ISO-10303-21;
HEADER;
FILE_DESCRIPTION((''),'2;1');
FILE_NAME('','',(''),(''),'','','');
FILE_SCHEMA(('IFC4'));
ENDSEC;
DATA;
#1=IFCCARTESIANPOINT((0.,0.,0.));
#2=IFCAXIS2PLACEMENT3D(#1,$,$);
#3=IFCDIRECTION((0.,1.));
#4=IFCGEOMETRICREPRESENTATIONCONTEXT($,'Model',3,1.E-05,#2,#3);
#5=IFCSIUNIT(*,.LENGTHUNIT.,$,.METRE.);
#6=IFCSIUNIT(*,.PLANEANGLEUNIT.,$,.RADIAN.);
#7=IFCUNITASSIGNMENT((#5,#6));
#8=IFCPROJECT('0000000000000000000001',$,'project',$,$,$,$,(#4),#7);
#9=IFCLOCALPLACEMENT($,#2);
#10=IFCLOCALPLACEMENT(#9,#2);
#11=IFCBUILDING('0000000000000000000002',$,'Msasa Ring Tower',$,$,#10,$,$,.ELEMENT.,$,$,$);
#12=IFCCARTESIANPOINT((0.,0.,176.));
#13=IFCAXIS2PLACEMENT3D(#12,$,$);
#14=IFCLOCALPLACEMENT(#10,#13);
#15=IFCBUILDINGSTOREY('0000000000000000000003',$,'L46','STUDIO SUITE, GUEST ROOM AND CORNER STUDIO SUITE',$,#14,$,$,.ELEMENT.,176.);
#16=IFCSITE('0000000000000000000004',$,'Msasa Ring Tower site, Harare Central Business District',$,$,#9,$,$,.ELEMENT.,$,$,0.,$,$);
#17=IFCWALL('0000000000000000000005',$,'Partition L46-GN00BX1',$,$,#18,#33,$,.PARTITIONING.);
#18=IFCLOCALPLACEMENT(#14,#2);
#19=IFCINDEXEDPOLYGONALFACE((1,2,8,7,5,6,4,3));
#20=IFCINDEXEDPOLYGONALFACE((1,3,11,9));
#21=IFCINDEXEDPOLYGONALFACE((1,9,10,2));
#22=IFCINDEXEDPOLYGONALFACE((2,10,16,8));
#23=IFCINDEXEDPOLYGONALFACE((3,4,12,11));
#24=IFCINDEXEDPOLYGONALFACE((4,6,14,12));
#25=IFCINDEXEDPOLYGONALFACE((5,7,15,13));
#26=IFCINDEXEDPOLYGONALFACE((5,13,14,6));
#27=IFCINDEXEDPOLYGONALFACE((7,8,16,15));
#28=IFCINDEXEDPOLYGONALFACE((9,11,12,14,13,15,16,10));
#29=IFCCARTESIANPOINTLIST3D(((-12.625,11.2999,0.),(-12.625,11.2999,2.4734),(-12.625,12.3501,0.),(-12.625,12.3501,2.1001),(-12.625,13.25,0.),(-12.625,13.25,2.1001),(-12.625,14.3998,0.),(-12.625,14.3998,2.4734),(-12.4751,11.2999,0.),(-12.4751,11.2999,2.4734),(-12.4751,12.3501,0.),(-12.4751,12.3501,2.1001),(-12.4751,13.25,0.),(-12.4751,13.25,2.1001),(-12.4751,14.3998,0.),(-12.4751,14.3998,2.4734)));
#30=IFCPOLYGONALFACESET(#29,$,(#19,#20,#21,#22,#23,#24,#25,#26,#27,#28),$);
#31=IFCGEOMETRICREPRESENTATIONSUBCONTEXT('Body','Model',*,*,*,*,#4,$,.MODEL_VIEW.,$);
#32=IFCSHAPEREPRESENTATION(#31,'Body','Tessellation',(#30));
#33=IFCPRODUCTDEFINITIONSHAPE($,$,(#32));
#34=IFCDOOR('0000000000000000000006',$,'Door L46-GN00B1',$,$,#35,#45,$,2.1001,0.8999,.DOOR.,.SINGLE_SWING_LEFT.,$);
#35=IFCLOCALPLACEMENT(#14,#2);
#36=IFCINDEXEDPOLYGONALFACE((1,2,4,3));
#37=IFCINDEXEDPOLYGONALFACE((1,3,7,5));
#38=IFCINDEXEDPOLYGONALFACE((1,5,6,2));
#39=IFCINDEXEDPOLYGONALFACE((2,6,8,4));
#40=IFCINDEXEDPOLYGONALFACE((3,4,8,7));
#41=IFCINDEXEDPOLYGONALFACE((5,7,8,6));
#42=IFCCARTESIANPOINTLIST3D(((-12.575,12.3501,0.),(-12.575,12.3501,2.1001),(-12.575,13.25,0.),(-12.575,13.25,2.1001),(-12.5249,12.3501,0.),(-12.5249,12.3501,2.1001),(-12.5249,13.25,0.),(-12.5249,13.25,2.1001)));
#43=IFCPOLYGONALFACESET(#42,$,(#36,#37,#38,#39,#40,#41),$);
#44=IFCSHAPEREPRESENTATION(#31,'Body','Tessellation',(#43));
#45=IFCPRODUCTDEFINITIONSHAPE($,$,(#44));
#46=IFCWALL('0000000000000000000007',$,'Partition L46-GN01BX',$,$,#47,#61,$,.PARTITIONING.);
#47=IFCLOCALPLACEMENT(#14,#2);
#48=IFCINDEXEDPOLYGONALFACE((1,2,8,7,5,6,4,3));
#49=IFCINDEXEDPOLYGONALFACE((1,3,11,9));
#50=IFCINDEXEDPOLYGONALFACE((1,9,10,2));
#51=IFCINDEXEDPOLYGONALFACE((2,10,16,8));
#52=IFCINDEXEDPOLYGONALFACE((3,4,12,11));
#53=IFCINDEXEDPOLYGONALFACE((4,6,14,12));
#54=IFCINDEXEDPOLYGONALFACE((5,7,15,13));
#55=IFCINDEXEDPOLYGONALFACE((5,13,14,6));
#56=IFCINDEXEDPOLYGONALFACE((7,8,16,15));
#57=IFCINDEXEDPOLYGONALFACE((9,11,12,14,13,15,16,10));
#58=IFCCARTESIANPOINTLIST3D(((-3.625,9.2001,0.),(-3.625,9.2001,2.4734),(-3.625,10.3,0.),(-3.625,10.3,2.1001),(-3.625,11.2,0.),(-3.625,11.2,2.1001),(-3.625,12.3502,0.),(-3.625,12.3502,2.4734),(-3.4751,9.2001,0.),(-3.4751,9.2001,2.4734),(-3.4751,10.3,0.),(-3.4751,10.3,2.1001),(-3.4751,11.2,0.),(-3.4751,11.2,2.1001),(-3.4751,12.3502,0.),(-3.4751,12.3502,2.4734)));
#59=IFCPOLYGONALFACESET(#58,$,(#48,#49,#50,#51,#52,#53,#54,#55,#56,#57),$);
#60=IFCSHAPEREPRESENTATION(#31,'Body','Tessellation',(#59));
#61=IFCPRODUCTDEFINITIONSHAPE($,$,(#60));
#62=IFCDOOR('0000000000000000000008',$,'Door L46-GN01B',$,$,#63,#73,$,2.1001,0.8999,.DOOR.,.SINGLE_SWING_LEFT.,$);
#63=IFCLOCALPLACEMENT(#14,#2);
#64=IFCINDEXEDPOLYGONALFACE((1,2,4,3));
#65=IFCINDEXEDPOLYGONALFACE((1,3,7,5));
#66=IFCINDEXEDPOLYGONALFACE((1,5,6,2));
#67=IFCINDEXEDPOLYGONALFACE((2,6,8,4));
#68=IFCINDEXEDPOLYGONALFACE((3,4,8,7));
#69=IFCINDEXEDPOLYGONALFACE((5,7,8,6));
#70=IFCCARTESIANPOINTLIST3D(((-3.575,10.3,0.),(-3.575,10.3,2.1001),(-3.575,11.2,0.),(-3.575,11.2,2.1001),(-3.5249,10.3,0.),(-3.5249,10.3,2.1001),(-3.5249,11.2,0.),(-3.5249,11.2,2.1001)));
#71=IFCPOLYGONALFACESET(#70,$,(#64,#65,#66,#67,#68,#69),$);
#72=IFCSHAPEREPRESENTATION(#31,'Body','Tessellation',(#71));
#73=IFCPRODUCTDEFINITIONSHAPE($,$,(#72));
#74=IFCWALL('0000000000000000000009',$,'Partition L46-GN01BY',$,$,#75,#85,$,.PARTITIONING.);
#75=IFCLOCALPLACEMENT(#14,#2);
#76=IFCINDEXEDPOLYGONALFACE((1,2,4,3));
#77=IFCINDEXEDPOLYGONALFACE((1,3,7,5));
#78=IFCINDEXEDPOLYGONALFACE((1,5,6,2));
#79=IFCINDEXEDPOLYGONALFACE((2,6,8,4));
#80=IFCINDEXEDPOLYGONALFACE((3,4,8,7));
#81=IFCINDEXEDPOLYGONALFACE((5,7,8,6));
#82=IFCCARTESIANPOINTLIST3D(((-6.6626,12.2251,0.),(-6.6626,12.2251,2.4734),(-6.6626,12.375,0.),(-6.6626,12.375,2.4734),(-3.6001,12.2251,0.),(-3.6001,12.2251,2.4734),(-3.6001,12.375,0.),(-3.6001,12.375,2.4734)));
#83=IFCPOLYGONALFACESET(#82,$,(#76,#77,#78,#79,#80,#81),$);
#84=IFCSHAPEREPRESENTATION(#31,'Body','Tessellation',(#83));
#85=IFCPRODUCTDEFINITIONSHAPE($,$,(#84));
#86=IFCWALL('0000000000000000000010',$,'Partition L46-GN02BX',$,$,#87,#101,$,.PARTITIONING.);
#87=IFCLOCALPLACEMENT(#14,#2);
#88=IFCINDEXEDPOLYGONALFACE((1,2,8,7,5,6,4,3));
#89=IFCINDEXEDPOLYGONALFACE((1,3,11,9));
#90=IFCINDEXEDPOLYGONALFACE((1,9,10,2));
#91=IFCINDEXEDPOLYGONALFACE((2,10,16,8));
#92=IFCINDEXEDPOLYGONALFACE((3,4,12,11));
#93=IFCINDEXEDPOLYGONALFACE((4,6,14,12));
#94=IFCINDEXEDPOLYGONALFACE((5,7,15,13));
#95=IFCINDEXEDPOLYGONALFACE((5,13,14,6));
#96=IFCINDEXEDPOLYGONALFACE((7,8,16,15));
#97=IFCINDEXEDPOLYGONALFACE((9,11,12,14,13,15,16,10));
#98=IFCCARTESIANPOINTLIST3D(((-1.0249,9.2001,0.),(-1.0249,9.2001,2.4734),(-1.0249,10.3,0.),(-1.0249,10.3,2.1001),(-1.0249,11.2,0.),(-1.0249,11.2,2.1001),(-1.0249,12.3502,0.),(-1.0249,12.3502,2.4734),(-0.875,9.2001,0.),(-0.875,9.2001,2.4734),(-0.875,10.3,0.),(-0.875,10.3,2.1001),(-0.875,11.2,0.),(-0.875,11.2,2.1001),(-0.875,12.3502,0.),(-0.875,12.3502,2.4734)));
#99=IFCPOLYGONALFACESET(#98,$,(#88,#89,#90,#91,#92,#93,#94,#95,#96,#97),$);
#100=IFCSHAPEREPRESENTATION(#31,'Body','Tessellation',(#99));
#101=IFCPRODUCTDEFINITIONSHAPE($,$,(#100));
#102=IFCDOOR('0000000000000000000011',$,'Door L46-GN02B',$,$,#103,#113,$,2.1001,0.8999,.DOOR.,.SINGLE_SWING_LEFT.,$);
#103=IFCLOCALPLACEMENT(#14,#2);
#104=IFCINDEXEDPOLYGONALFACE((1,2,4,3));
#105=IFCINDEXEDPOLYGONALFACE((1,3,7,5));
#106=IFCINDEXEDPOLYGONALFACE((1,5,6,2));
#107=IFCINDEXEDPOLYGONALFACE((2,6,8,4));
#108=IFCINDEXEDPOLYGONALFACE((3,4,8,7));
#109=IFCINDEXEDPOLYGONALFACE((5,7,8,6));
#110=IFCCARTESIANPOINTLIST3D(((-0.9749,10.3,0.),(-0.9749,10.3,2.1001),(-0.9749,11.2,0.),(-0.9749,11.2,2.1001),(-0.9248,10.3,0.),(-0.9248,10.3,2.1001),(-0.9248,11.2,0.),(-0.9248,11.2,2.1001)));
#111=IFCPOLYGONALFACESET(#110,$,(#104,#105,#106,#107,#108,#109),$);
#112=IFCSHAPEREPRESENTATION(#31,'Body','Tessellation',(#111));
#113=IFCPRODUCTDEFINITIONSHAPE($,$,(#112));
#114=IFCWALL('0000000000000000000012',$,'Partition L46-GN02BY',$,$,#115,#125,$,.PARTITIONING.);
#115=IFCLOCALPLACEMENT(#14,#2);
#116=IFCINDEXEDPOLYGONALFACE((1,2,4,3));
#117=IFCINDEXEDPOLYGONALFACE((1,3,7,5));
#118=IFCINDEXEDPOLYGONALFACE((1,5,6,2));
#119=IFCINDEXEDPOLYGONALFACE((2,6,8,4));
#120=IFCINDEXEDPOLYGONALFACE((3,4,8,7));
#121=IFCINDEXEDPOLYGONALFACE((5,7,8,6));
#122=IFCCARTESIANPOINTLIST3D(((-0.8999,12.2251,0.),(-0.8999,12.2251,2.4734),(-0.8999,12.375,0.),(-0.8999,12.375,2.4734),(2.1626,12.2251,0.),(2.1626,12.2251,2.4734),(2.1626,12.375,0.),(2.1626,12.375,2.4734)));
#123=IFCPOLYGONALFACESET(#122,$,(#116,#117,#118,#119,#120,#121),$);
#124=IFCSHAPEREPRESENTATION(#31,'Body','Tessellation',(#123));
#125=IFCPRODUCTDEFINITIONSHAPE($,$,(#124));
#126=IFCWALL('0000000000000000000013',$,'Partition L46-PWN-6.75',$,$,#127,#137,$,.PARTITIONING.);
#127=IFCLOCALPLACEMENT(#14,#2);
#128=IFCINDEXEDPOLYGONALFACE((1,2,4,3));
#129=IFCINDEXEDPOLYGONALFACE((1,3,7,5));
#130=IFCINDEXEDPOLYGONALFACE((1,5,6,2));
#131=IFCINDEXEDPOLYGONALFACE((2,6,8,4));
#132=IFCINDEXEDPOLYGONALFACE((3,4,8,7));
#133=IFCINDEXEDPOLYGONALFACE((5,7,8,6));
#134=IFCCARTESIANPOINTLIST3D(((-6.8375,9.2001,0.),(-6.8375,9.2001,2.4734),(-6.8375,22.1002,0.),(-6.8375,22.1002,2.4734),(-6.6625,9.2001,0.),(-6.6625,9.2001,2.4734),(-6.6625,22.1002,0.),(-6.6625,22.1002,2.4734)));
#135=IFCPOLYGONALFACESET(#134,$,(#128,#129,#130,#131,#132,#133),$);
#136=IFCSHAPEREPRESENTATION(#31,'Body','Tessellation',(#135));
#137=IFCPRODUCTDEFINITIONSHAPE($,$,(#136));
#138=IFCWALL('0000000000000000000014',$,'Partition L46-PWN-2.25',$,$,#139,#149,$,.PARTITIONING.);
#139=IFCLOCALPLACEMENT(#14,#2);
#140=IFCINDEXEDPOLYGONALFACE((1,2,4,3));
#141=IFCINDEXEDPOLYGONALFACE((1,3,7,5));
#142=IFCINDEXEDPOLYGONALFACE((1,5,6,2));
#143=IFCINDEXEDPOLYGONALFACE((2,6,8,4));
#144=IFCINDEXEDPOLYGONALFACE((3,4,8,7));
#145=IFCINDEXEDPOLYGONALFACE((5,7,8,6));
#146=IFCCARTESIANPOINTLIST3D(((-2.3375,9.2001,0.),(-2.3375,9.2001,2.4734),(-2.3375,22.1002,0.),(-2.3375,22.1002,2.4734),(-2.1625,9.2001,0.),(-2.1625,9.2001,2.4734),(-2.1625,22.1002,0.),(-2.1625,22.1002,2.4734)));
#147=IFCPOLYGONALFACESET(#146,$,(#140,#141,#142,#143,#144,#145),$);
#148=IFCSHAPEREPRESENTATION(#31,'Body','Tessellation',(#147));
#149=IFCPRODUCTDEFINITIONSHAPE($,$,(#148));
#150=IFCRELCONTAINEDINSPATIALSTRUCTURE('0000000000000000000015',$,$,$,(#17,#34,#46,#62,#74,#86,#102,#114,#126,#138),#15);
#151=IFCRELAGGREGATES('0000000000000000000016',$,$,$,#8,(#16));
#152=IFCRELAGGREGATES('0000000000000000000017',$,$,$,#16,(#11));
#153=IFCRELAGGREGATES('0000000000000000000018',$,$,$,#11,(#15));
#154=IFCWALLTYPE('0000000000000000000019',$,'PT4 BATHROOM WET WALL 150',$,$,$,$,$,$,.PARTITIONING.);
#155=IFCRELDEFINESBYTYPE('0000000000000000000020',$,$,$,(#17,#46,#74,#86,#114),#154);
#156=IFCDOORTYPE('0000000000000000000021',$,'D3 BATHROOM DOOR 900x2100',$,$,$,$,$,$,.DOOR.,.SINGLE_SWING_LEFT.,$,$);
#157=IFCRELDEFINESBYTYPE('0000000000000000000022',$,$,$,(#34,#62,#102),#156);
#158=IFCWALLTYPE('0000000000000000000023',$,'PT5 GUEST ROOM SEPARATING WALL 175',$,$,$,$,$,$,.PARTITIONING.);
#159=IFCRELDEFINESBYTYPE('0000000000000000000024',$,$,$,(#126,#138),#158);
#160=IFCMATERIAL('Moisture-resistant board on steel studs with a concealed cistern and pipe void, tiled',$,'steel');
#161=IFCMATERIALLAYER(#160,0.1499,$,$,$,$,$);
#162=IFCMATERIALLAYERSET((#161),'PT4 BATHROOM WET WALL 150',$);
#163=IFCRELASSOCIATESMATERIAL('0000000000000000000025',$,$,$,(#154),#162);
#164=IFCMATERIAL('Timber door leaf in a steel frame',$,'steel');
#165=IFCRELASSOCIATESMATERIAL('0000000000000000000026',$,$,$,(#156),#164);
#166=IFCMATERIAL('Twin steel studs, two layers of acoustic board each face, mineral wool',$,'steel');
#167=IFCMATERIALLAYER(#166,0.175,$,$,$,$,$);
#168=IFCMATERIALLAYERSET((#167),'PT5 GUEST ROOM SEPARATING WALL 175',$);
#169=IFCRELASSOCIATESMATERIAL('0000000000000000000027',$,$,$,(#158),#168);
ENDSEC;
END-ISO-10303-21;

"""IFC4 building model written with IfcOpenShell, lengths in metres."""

from ifc_helpers import new_model, si_unit, direction, frame, frame_2d, origin, place, context, subcontext, project, spatial, rectangle, extrude, material, layer, layer_set, type_object, element, fill, save


model = new_model("IFC4")

# Units and contexts
model_context = context("Model", 3, precision=1e-05, world=origin(), true_north=direction((0.0, 1.0)))
body_context = subcontext(model_context, "Body", "Model", "MODEL_VIEW")
ifc_project = project(units=[si_unit("LENGTHUNIT", "METRE"), si_unit("PLANEANGLEUNIT", "RADIAN")], contexts=[model_context])

# Site, building, storey
site_placement = place(None, origin())
site = spatial("IfcSite", under=ifc_project, at=site_placement, Name="Msasa Ring Tower site, Harare Central Business District", CompositionType="ELEMENT", RefElevation=0.0)
building_placement = place(site_placement, origin())
building = spatial("IfcBuilding", under=site, at=building_placement, Name="Msasa Ring Tower", CompositionType="ELEMENT")
storey_placement = place(building_placement, frame((0.0, 0.0, 176.0)))
storey = spatial("IfcBuildingStorey", under=building, at=storey_placement, Name="L46", Description="STUDIO SUITE, GUEST ROOM AND CORNER STUDIO SUITE", CompositionType="ELEMENT", Elevation=176.0)

# Walls, openings, doors
ifc_material_1 = material(Name="Moisture-resistant board on steel studs with a concealed cistern and pipe void, tiled", Category="steel")
ifc_layer_1 = layer(ifc_material_1, 0.1499)
ifc_layer_set_1 = layer_set([ifc_layer_1], Name="PT4 BATHROOM WET WALL 150")
wall_type_1 = type_object("IfcWallType", Name="PT4 BATHROOM WET WALL 150", PredefinedType="PARTITIONING", material=ifc_layer_set_1)
wall_1_placement = place(storey_placement, frame((-12.55, 11.3, 0.0), z_axis=(0.0, 0.0, 1.0), x_axis=(0.0, 1.0, 0.0)))
wall_1 = element("IfcWall", 1, at=wall_1_placement, inside=storey, type_object=wall_type_1, Name="Partition L46-GN00BX1", PredefinedType="PARTITIONING", context=body_context, shape_type="SweptSolid", body=[
    extrude(rectangle(XDim=3.0999, YDim=0.1499, at=frame_2d((1.5498, 0.0))), origin(), (0.0, 0.0, 1.0), 2.4734),
])
opening_1_placement = place(wall_1_placement, frame((1.05, 0.0, 0.0)))
opening_1 = element("IfcOpeningElement", 2, at=opening_1_placement, cuts=wall_1, PredefinedType="OPENING", context=body_context, shape_type="SweptSolid", body=[
    extrude(rectangle(XDim=0.8999, YDim=2.1001, at=frame_2d((0.45, 1.05))), frame((0.0, 0.085, 0.0), z_axis=(0.0, -1.0, 0.0), x_axis=(1.0, 0.0, 0.0)), (0.0, 0.0, 1.0), 0.1699),
])
ifc_material_2 = material(Name="Timber door leaf in a steel frame", Category="steel")
door_type_1 = type_object("IfcDoorType", Name="D3 BATHROOM DOOR 900x2100", OperationType="SINGLE_SWING_LEFT", PredefinedType="DOOR", material=ifc_material_2)
door_1_placement = place(opening_1_placement, origin())
door_1 = element("IfcDoor", 3, at=door_1_placement, inside=storey, type_object=door_type_1, Name="Door L46-GN00B1", OperationType="SINGLE_SWING_LEFT", OverallHeight=2.1001, OverallWidth=0.8999, PredefinedType="DOOR", context=body_context, shape_type="SweptSolid", body=[
    extrude(rectangle(XDim=0.8999, YDim=2.1001, at=frame_2d((0.45, 1.05))), frame((0.0, 0.0249, 0.0), z_axis=(0.0, -1.0, 0.0), x_axis=(1.0, 0.0, 0.0)), (0.0, 0.0, 1.0), 0.05),
])
fill(opening_1, door_1)
wall_2_placement = place(storey_placement, frame((-3.55, 9.2, 0.0), z_axis=(0.0, 0.0, 1.0), x_axis=(0.0, 1.0, 0.0)))
wall_2 = element("IfcWall", 4, at=wall_2_placement, inside=storey, type_object=wall_type_1, Name="Partition L46-GN01BX", PredefinedType="PARTITIONING", context=body_context, shape_type="SweptSolid", body=[
    extrude(rectangle(XDim=3.1501, YDim=0.1499, at=frame_2d((1.5752, 0.0))), origin(), (0.0, 0.0, 1.0), 2.4734),
])
opening_2_placement = place(wall_2_placement, frame((1.1001, 0.0, 0.0)))
opening_2 = element("IfcOpeningElement", 5, at=opening_2_placement, cuts=wall_2, PredefinedType="OPENING", context=body_context, shape_type="SweptSolid", body=[
    extrude(rectangle(XDim=0.8999, YDim=2.1001, at=frame_2d((0.45, 1.05))), frame((0.0, 0.085, 0.0), z_axis=(0.0, -1.0, 0.0), x_axis=(1.0, 0.0, 0.0)), (0.0, 0.0, 1.0), 0.1699),
])
door_2_placement = place(opening_2_placement, origin())
door_2 = element("IfcDoor", 6, at=door_2_placement, inside=storey, type_object=door_type_1, Name="Door L46-GN01B", OperationType="SINGLE_SWING_LEFT", OverallHeight=2.1001, OverallWidth=0.8999, PredefinedType="DOOR", context=body_context, shape_type="SweptSolid", body=[
    extrude(rectangle(XDim=0.8999, YDim=2.1001, at=frame_2d((0.45, 1.05))), frame((0.0, 0.0249, 0.0), z_axis=(0.0, -1.0, 0.0), x_axis=(1.0, 0.0, 0.0)), (0.0, 0.0, 1.0), 0.05),
])
fill(opening_2, door_2)

# Wall
wall_3_placement = place(storey_placement, frame((-6.6626, 12.3, 0.0), z_axis=(0.0, 0.0, 1.0), x_axis=(1.0, 0.0, 0.0)))
element("IfcWall", 7, at=wall_3_placement, inside=storey, type_object=wall_type_1, Name="Partition L46-GN01BY", PredefinedType="PARTITIONING", context=body_context, shape_type="SweptSolid", body=[
    extrude(rectangle(XDim=3.0625, YDim=0.1499, at=frame_2d((1.5312, 0.0))), origin(), (0.0, 0.0, 1.0), 2.4734),
])

# Wall, opening, door
wall_4_placement = place(storey_placement, frame((-0.95, 9.2, 0.0), z_axis=(0.0, 0.0, 1.0), x_axis=(0.0, 1.0, 0.0)))
wall_4 = element("IfcWall", 8, at=wall_4_placement, inside=storey, type_object=wall_type_1, Name="Partition L46-GN02BX", PredefinedType="PARTITIONING", context=body_context, shape_type="SweptSolid", body=[
    extrude(rectangle(XDim=3.1501, YDim=0.1499, at=frame_2d((1.5752, 0.0))), origin(), (0.0, 0.0, 1.0), 2.4734),
])
opening_3_placement = place(wall_4_placement, frame((1.1001, 0.0, 0.0)))
opening_3 = element("IfcOpeningElement", 9, at=opening_3_placement, cuts=wall_4, PredefinedType="OPENING", context=body_context, shape_type="SweptSolid", body=[
    extrude(rectangle(XDim=0.8999, YDim=2.1001, at=frame_2d((0.45, 1.05))), frame((0.0, 0.085, 0.0), z_axis=(0.0, -1.0, 0.0), x_axis=(1.0, 0.0, 0.0)), (0.0, 0.0, 1.0), 0.1699),
])
door_3_placement = place(opening_3_placement, origin())
door_3 = element("IfcDoor", 10, at=door_3_placement, inside=storey, type_object=door_type_1, Name="Door L46-GN02B", OperationType="SINGLE_SWING_LEFT", OverallHeight=2.1001, OverallWidth=0.8999, PredefinedType="DOOR", context=body_context, shape_type="SweptSolid", body=[
    extrude(rectangle(XDim=0.8999, YDim=2.1001, at=frame_2d((0.45, 1.05))), frame((0.0, 0.0249, 0.0), z_axis=(0.0, -1.0, 0.0), x_axis=(1.0, 0.0, 0.0)), (0.0, 0.0, 1.0), 0.05),
])
fill(opening_3, door_3)

# Walls
wall_5_placement = place(storey_placement, frame((-0.8999, 12.3, 0.0), z_axis=(0.0, 0.0, 1.0), x_axis=(1.0, 0.0, 0.0)))
element("IfcWall", 11, at=wall_5_placement, inside=storey, type_object=wall_type_1, Name="Partition L46-GN02BY", PredefinedType="PARTITIONING", context=body_context, shape_type="SweptSolid", body=[
    extrude(rectangle(XDim=3.0625, YDim=0.1499, at=frame_2d((1.5312, 0.0))), origin(), (0.0, 0.0, 1.0), 2.4734),
])
ifc_material_3 = material(Name="Twin steel studs, two layers of acoustic board each face, mineral wool", Category="steel")
ifc_layer_2 = layer(ifc_material_3, 0.175)
ifc_layer_set_2 = layer_set([ifc_layer_2], Name="PT5 GUEST ROOM SEPARATING WALL 175")
wall_type_2 = type_object("IfcWallType", Name="PT5 GUEST ROOM SEPARATING WALL 175", PredefinedType="PARTITIONING", material=ifc_layer_set_2)
for number, where, z_axis, x_axis, name in (
    (12, (-6.75, 9.2, 0.0), (0.0, 0.0, 1.0), (0.0, 1.0, 0.0), "Partition L46-PWN-6.75"),
    (13, (-2.25, 9.2, 0.0), (0.0, 0.0, 1.0), (0.0, 1.0, 0.0), "Partition L46-PWN-2.25"),
):
    element("IfcWall", number, at=place(storey_placement, frame(where, z_axis=z_axis, x_axis=x_axis)), inside=storey, type_object=wall_type_2, Name=name, PredefinedType="PARTITIONING", context=body_context, shape_type="SweptSolid", body=[
        extrude(rectangle(XDim=12.9001, YDim=0.175, at=frame_2d((6.4502, 0.0))), origin(), (0.0, 0.0, 1.0), 2.4734),
    ])

save(model, "model.ifc")
